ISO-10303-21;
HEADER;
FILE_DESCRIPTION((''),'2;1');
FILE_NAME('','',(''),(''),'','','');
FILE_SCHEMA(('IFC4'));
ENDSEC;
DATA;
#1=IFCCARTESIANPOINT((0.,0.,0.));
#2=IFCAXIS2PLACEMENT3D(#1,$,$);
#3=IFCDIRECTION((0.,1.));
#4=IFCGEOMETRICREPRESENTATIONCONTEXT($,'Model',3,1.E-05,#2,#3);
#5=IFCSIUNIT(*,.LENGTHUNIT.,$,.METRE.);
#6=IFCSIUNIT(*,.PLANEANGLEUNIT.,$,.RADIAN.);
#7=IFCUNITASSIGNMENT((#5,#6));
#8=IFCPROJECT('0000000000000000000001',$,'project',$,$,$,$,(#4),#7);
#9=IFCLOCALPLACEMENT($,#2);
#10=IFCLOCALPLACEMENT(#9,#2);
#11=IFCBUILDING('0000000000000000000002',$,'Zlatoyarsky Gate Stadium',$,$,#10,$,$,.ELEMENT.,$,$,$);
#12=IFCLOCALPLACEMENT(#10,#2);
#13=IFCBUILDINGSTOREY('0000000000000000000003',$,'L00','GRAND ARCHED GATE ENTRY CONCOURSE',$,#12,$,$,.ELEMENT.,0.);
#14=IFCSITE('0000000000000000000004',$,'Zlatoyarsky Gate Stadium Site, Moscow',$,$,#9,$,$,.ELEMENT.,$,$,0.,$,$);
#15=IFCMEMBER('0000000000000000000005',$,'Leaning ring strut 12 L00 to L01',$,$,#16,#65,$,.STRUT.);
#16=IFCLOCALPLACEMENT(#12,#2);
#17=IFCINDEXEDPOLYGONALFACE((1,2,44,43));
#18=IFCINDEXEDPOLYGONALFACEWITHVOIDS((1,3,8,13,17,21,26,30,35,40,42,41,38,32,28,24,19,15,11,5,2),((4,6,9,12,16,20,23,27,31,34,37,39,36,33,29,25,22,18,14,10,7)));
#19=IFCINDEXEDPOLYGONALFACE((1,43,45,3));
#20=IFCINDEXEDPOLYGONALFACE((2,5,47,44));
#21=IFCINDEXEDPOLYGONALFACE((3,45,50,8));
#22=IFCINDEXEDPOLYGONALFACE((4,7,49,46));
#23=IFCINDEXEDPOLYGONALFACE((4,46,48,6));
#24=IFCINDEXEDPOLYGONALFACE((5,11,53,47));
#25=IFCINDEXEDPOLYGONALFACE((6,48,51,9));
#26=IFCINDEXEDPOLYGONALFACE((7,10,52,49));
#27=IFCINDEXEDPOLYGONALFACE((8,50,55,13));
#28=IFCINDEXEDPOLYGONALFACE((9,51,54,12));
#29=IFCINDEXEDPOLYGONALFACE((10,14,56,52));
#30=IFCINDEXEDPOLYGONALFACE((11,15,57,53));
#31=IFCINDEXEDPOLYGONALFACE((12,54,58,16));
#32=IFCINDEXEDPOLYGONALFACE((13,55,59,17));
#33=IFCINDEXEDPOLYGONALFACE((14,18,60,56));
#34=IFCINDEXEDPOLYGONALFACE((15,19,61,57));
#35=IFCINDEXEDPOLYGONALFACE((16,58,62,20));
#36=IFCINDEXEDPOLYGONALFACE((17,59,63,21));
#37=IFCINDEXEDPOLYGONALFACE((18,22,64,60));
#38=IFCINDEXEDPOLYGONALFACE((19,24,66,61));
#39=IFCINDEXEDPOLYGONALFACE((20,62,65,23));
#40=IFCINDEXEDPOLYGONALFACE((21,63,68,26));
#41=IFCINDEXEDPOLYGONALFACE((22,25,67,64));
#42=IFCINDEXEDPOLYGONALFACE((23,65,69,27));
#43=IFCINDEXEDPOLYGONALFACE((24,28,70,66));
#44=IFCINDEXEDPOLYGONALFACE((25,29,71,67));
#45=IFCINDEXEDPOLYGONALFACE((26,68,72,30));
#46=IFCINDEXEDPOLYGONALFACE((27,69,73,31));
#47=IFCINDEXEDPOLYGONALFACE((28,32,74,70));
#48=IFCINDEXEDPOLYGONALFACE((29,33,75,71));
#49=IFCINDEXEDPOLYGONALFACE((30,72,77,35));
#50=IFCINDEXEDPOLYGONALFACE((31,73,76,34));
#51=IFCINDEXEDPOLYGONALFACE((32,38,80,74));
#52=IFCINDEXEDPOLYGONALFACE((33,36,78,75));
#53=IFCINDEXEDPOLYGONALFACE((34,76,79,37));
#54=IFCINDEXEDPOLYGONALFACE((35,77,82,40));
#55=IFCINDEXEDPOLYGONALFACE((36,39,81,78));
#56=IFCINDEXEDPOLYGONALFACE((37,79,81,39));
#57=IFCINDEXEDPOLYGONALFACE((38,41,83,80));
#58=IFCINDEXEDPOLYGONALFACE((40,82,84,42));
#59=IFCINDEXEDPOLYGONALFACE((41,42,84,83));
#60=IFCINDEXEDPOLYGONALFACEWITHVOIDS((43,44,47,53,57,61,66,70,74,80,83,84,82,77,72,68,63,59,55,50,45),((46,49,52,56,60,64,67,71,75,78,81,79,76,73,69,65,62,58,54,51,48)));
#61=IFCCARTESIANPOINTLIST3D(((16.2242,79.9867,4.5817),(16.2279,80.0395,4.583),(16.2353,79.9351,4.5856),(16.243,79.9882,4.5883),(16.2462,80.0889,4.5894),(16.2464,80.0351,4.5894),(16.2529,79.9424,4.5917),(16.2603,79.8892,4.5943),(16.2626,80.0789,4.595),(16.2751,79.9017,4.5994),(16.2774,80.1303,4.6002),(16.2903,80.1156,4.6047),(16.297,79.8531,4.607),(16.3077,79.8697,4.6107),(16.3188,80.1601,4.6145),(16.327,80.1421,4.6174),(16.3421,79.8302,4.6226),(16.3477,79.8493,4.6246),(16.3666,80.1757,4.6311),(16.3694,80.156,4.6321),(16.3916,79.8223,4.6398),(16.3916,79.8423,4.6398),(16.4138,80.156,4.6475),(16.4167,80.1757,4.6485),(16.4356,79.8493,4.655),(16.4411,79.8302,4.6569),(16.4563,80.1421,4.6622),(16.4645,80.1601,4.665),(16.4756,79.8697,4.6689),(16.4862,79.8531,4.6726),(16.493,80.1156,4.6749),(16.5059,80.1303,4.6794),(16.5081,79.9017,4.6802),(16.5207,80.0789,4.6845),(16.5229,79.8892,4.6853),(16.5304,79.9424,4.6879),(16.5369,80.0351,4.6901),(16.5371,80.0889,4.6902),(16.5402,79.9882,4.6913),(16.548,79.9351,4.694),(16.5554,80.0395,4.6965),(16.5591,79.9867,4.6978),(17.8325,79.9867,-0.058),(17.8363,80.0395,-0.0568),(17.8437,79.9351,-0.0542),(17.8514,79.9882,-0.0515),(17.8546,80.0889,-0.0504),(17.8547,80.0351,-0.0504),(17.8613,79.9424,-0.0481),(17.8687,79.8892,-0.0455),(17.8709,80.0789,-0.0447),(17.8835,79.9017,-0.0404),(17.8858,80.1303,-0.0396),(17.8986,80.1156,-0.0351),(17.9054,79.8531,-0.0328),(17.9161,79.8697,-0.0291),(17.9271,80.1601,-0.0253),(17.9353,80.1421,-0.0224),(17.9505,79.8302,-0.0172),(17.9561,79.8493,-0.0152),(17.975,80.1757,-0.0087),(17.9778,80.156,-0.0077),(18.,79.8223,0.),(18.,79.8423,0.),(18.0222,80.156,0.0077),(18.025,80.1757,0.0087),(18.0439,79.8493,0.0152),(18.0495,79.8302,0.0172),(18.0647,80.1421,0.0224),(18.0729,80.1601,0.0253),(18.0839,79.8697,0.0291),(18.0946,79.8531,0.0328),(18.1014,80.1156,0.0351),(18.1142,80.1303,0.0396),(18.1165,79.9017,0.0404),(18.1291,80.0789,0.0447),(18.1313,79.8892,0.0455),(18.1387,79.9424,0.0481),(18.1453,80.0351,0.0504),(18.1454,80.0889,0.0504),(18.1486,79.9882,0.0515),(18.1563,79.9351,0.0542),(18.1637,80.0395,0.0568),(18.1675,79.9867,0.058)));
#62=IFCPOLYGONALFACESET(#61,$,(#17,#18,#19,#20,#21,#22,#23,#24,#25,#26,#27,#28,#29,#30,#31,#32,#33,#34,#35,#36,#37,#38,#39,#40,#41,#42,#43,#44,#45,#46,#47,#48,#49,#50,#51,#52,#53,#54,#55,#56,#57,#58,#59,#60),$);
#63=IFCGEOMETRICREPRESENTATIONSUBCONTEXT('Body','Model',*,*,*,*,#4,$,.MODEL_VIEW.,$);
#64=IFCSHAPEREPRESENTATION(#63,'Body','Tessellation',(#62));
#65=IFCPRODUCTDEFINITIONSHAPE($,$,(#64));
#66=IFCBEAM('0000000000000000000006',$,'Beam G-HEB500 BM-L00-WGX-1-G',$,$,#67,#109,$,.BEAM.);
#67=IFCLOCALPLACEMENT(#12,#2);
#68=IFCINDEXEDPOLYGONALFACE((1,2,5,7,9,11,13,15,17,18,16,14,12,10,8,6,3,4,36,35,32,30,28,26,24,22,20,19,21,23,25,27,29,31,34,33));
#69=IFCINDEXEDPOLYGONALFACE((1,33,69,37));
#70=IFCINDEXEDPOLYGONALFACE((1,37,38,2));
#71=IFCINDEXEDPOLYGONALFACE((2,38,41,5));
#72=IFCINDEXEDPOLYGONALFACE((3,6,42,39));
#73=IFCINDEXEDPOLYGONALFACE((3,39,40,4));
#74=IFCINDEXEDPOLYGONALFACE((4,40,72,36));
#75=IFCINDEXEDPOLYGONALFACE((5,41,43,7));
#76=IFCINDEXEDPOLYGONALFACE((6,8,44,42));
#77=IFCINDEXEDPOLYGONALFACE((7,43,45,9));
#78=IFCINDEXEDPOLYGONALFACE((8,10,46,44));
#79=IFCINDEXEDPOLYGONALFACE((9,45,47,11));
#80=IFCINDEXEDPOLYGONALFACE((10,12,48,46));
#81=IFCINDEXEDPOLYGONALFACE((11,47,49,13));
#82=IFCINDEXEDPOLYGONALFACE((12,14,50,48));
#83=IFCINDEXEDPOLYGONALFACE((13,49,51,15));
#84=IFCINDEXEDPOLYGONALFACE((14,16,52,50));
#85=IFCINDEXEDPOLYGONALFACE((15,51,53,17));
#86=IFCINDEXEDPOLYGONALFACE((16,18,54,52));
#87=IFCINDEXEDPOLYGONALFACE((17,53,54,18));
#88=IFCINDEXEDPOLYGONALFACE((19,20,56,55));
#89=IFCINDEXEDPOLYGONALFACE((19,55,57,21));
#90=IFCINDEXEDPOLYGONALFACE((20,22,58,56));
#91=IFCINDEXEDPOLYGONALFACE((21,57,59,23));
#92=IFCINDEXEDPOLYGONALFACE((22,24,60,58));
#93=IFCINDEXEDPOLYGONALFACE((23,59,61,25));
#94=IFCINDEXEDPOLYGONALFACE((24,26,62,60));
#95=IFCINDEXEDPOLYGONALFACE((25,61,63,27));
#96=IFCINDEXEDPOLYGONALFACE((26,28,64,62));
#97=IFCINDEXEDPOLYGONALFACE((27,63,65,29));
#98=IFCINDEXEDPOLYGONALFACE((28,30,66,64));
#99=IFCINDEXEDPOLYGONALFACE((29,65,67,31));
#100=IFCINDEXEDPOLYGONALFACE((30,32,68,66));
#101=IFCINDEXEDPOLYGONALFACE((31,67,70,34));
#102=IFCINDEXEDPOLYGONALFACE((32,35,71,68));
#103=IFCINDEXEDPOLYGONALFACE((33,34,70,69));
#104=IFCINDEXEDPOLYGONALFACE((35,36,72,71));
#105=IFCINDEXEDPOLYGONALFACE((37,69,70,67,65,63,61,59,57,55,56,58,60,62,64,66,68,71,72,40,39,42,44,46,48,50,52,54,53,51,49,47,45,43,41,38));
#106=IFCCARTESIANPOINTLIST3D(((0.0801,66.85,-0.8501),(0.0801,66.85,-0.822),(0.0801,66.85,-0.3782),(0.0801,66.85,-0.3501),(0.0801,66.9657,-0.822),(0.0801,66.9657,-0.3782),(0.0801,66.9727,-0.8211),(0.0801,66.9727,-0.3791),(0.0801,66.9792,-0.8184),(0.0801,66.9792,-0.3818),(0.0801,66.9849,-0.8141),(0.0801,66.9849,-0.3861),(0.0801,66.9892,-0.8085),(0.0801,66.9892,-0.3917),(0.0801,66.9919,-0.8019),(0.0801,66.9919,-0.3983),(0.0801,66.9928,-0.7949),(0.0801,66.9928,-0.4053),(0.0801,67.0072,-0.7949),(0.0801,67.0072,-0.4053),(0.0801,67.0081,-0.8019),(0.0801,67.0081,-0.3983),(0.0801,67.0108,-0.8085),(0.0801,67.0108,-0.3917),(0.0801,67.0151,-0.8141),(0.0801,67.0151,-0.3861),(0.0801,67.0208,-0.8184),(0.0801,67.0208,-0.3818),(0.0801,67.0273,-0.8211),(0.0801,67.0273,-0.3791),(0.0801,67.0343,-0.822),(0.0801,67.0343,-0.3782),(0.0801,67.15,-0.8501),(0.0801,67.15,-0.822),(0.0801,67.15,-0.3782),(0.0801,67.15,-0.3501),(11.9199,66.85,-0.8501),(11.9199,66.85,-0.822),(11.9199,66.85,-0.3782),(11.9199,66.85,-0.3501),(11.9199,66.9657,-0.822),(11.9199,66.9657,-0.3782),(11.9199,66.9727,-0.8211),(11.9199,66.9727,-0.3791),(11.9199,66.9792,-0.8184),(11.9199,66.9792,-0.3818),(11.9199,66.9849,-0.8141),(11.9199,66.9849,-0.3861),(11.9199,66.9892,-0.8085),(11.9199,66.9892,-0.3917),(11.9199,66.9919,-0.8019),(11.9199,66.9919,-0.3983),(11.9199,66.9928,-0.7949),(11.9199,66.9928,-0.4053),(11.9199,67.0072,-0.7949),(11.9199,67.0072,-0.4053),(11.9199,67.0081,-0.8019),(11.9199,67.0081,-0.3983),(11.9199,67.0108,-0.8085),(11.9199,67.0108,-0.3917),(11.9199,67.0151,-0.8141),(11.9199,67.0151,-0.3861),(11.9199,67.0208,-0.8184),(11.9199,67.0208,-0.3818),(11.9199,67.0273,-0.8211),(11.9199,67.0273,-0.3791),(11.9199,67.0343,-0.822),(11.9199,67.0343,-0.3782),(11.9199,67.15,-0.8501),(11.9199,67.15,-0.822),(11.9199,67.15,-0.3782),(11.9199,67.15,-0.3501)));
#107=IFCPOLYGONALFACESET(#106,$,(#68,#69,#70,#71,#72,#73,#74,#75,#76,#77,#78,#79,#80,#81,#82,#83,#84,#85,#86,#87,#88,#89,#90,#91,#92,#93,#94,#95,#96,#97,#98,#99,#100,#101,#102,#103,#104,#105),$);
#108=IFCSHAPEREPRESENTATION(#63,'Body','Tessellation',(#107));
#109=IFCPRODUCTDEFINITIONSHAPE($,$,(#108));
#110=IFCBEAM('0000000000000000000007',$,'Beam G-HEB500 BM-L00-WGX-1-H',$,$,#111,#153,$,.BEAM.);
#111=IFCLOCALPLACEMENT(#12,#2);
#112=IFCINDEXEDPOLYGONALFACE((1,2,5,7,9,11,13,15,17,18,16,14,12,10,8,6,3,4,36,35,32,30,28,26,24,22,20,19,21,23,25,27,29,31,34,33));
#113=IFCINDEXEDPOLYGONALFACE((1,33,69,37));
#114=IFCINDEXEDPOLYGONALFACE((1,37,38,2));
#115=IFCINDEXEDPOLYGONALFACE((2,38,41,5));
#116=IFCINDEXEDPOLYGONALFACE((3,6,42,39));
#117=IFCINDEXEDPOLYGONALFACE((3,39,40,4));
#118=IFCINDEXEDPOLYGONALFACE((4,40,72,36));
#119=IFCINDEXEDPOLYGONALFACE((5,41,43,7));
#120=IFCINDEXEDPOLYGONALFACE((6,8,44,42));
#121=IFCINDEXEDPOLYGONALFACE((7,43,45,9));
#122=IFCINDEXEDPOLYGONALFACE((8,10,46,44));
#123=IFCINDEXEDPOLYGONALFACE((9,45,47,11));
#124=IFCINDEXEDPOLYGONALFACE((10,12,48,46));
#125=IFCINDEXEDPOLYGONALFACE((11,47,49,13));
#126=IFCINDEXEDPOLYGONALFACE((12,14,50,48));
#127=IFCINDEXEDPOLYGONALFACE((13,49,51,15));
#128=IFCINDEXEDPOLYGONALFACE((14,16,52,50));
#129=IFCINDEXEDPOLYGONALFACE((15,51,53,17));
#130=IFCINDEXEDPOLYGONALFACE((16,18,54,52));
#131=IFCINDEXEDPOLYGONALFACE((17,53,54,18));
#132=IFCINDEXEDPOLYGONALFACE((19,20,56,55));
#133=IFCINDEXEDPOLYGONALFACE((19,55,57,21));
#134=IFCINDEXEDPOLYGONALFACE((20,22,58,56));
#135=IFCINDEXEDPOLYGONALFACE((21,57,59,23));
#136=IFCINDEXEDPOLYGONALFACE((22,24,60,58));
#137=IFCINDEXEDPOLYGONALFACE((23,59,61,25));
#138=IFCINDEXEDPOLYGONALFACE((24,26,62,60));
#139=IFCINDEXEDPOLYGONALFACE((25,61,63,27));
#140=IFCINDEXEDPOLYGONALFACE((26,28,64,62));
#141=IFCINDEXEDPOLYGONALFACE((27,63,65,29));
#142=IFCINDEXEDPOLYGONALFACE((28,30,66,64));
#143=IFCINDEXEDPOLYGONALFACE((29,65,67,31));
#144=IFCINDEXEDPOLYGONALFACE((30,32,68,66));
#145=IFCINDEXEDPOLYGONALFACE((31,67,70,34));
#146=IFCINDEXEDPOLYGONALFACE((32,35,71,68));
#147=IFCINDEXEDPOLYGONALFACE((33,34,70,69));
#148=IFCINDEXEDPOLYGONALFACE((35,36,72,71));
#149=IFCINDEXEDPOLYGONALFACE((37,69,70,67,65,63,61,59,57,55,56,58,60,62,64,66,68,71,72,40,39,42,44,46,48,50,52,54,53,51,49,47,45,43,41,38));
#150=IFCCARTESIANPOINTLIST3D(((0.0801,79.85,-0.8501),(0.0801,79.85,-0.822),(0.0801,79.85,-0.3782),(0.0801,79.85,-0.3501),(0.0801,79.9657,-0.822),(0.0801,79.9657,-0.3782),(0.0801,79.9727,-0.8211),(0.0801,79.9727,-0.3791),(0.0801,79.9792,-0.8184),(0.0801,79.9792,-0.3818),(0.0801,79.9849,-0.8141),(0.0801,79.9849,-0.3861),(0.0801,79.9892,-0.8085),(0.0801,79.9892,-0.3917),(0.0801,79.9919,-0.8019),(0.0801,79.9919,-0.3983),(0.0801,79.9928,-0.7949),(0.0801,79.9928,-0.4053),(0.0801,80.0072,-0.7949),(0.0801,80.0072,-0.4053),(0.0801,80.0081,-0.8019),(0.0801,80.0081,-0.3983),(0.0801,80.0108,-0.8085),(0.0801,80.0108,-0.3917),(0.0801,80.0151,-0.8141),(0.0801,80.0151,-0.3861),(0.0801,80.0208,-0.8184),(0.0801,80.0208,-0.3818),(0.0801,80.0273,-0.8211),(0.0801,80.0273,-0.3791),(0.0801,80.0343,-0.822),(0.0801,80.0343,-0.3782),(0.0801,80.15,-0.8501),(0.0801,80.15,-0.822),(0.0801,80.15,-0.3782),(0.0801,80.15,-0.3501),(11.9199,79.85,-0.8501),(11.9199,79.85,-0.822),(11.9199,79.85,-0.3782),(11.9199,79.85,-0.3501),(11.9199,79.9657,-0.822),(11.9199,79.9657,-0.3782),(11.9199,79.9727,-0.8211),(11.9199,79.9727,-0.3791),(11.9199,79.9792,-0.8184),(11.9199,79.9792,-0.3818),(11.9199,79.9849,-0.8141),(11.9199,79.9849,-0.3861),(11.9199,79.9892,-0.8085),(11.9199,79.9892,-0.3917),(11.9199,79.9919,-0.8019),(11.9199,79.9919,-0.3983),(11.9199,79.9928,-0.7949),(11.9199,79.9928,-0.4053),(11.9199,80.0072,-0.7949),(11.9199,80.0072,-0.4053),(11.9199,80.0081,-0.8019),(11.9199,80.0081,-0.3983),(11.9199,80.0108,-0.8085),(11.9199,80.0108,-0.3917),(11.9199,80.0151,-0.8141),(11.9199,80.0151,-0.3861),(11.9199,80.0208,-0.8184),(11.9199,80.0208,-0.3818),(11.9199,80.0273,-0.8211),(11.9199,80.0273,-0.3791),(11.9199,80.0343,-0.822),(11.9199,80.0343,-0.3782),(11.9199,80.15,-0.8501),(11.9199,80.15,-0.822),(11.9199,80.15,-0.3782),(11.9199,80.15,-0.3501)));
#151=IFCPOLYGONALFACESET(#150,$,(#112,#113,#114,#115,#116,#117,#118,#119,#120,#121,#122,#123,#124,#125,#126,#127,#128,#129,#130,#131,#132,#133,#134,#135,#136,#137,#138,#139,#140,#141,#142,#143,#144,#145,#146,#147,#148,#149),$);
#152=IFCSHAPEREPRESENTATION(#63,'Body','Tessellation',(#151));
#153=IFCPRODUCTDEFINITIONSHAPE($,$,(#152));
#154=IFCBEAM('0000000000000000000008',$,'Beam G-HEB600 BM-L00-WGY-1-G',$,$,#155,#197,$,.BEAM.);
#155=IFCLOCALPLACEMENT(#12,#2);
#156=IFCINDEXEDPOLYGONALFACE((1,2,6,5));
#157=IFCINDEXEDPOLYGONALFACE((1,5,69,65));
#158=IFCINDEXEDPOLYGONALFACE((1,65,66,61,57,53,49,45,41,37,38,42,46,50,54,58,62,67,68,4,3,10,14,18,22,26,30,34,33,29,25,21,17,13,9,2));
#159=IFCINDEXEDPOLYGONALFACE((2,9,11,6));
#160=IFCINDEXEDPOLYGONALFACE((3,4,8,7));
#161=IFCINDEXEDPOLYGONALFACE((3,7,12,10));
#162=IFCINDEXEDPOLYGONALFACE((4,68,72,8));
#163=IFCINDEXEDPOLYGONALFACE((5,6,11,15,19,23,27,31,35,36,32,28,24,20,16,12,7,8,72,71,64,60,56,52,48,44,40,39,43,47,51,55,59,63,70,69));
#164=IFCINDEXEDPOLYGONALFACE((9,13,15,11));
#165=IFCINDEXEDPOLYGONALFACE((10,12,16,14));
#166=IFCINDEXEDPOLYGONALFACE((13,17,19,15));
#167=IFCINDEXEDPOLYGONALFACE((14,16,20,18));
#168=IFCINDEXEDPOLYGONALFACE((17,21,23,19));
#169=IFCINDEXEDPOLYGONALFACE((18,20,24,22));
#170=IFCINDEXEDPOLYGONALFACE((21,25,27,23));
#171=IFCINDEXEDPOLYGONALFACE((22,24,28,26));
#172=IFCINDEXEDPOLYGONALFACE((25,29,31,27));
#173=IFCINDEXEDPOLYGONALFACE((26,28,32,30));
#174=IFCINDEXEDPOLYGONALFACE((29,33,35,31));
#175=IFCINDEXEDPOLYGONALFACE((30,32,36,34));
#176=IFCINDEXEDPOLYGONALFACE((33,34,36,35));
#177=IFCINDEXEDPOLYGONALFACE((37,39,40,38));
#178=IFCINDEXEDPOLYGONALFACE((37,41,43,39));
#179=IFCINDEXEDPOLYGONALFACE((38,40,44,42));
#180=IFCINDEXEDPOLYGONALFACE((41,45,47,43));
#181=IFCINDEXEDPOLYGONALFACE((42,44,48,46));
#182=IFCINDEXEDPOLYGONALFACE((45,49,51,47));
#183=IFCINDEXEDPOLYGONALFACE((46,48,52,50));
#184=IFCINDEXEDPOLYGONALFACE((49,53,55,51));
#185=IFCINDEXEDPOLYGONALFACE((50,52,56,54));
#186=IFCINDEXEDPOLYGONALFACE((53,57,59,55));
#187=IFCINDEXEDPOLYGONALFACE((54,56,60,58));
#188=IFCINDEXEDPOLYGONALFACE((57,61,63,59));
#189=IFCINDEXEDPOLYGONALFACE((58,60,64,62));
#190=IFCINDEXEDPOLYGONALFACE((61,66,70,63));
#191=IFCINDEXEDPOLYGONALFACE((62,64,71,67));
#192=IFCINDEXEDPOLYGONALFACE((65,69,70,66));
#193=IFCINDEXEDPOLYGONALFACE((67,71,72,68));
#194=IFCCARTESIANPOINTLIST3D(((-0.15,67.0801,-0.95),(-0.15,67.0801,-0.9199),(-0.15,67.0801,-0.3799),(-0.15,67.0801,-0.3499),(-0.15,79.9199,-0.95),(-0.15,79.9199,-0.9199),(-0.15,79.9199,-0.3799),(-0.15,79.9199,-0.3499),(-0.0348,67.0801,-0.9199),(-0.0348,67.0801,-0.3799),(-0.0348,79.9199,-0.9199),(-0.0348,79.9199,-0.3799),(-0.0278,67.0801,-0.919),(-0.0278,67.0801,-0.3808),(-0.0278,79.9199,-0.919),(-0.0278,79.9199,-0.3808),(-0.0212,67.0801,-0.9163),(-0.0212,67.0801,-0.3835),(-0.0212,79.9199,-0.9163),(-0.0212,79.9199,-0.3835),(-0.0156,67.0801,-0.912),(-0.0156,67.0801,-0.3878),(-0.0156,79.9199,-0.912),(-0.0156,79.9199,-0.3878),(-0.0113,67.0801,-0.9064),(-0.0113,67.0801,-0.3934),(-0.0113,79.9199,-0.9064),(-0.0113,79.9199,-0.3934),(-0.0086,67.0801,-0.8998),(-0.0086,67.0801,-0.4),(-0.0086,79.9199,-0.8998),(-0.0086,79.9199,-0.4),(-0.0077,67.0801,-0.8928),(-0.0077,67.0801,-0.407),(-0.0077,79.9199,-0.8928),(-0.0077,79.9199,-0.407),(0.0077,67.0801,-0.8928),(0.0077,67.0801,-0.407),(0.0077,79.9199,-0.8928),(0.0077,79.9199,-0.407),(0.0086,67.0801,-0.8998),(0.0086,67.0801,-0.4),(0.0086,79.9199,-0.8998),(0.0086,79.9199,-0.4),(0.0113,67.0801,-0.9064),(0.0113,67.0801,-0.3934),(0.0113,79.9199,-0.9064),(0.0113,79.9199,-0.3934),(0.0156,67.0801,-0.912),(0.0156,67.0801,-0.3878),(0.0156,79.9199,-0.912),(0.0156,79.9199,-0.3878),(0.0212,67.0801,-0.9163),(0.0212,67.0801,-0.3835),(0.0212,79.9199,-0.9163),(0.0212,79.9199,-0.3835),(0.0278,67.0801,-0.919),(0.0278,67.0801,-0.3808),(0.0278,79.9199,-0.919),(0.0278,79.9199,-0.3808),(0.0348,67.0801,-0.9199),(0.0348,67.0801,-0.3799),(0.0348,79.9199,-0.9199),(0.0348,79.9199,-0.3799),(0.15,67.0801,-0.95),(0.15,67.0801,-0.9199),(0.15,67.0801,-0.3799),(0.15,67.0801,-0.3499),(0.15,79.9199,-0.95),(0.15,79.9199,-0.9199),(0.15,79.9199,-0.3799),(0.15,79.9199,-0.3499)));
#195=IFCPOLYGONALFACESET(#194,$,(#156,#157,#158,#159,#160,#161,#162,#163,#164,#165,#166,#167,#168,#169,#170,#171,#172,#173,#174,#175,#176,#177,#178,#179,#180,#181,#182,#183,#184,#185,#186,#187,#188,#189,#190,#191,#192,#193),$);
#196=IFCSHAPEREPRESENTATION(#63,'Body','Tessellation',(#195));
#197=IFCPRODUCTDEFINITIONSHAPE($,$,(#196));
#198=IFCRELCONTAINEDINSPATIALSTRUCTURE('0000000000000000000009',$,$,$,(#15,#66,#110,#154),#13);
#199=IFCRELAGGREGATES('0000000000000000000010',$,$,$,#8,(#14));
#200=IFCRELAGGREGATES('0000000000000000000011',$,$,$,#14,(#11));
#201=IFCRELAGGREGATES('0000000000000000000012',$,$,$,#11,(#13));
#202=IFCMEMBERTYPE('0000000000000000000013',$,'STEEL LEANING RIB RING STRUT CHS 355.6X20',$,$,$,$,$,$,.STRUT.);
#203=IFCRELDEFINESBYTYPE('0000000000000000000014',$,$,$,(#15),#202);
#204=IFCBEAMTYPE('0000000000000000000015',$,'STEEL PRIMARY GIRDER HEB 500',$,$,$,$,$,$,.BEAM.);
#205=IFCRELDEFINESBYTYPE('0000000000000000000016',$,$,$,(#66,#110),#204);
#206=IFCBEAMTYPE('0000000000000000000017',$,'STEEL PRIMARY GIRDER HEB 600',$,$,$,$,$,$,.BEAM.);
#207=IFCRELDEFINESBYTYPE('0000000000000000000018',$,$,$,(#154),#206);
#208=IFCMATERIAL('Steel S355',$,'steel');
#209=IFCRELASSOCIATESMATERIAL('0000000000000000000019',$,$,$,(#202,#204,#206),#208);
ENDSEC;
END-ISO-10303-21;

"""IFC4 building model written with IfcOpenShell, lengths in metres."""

from ifc_helpers import new_model, si_unit, direction, frame, origin, origin_2d, place, context, subcontext, project, spatial, hollow_circle, i_section, extrude, material, material_profile, profile_set, type_object, element, save


model = new_model("IFC4")

# Units and contexts
model_context = context("Model", 3, precision=1e-05, world=origin(), true_north=direction((0.0, 1.0)))
body_context = subcontext(model_context, "Body", "Model", "MODEL_VIEW")
ifc_project = project(units=[si_unit("LENGTHUNIT", "METRE"), si_unit("PLANEANGLEUNIT", "RADIAN")], contexts=[model_context])

# Site, building, storey
site_placement = place(None, origin())
site = spatial("IfcSite", under=ifc_project, at=site_placement, Name="Zlatoyarsky Gate Stadium Site, Moscow", CompositionType="ELEMENT", RefElevation=0.0)
building_placement = place(site_placement, origin())
building = spatial("IfcBuilding", under=site, at=building_placement, Name="Zlatoyarsky Gate Stadium", CompositionType="ELEMENT")
storey_placement = place(building_placement, origin())
storey = spatial("IfcBuildingStorey", under=building, at=storey_placement, Name="L00", Description="GRAND ARCHED GATE ENTRY CONCOURSE", CompositionType="ELEMENT", Elevation=0.0)

# Shared definitions
ifc_material_1 = material(Name="Steel S355", Category="steel")

# Member
ifc_material_profile_1 = material_profile(ifc_material_1, hollow_circle(Radius=0.1777, WallThickness=0.02, at=origin_2d()), Name="CHS 355.6X20")
ifc_profile_set_1 = profile_set([ifc_material_profile_1], Name="Steel S355")
member_type = type_object("IfcMemberType", Name="STEEL LEANING RIB RING STRUT CHS 355.6X20", PredefinedType="STRUT", material=ifc_profile_set_1)
member_placement = place(storey_placement, frame((18.0, 80.0, 0.0), z_axis=(-0.327525, 0.0, 0.944842), x_axis=(0.0, -1.0, 0.0)))
element("IfcMember", 1, at=member_placement, inside=storey, type_object=member_type, Name="Leaning ring strut 12 L00 to L01", PredefinedType="STRUT", context=body_context, shape_type="SweptSolid", body=[
    extrude(hollow_circle(Radius=0.1777, WallThickness=0.02, at=origin_2d()), origin(), (0.0, 0.0, 1.0), 4.9106),
])

# Beams
ifc_material_profile_2 = material_profile(ifc_material_1, i_section(OverallWidth=0.3, OverallDepth=0.5, WebThickness=0.0144, FlangeThickness=0.0281, FilletRadius=0.0271, at=origin_2d()), Name="HEB 500")
ifc_profile_set_2 = profile_set([ifc_material_profile_2], Name="Steel S355")
beam_type_1 = type_object("IfcBeamType", Name="STEEL PRIMARY GIRDER HEB 500", PredefinedType="BEAM", material=ifc_profile_set_2)
for number, where, z_axis, x_axis, name in (
    (2, (0.0801, 67.0, -0.6001), (1.0, 0.0, 0.0), (0.0, 1.0, 0.0), "Beam G-HEB500 BM-L00-WGX-1-G"),
    (3, (0.0801, 80.0, -0.6001), (1.0, 0.0, 0.0), (0.0, 1.0, 0.0), "Beam G-HEB500 BM-L00-WGX-1-H"),
):
    element("IfcBeam", number, at=place(storey_placement, frame(where, z_axis=z_axis, x_axis=x_axis)), inside=storey, type_object=beam_type_1, Name=name, PredefinedType="BEAM", context=body_context, shape_type="SweptSolid", body=[
        extrude(i_section(OverallWidth=0.3, OverallDepth=0.5, WebThickness=0.0144, FlangeThickness=0.0281, FilletRadius=0.0271, at=origin_2d()), origin(), (0.0, 0.0, 1.0), 11.8398),
    ])
ifc_material_profile_3 = material_profile(ifc_material_1, i_section(OverallWidth=0.3, OverallDepth=0.6001, WebThickness=0.0154, FlangeThickness=0.03, FilletRadius=0.0271, at=origin_2d()), Name="HEB 600")
ifc_profile_set_3 = profile_set([ifc_material_profile_3], Name="Steel S355")
beam_type_2 = type_object("IfcBeamType", Name="STEEL PRIMARY GIRDER HEB 600", PredefinedType="BEAM", material=ifc_profile_set_3)
for number, where, z_axis, x_axis, name in (
    (4, (0.0, 67.0801, -0.6499), (0.0, 1.0, 0.0), (-1.0, 0.0, 0.0), "Beam G-HEB600 BM-L00-WGY-1-G"),
):
    element("IfcBeam", number, at=place(storey_placement, frame(where, z_axis=z_axis, x_axis=x_axis)), inside=storey, type_object=beam_type_2, Name=name, PredefinedType="BEAM", context=body_context, shape_type="SweptSolid", body=[
        extrude(i_section(OverallWidth=0.3, OverallDepth=0.6001, WebThickness=0.0154, FlangeThickness=0.03, FilletRadius=0.0271, at=origin_2d()), origin(), (0.0, 0.0, 1.0), 12.8398),
    ])

save(model, "model.ifc")
